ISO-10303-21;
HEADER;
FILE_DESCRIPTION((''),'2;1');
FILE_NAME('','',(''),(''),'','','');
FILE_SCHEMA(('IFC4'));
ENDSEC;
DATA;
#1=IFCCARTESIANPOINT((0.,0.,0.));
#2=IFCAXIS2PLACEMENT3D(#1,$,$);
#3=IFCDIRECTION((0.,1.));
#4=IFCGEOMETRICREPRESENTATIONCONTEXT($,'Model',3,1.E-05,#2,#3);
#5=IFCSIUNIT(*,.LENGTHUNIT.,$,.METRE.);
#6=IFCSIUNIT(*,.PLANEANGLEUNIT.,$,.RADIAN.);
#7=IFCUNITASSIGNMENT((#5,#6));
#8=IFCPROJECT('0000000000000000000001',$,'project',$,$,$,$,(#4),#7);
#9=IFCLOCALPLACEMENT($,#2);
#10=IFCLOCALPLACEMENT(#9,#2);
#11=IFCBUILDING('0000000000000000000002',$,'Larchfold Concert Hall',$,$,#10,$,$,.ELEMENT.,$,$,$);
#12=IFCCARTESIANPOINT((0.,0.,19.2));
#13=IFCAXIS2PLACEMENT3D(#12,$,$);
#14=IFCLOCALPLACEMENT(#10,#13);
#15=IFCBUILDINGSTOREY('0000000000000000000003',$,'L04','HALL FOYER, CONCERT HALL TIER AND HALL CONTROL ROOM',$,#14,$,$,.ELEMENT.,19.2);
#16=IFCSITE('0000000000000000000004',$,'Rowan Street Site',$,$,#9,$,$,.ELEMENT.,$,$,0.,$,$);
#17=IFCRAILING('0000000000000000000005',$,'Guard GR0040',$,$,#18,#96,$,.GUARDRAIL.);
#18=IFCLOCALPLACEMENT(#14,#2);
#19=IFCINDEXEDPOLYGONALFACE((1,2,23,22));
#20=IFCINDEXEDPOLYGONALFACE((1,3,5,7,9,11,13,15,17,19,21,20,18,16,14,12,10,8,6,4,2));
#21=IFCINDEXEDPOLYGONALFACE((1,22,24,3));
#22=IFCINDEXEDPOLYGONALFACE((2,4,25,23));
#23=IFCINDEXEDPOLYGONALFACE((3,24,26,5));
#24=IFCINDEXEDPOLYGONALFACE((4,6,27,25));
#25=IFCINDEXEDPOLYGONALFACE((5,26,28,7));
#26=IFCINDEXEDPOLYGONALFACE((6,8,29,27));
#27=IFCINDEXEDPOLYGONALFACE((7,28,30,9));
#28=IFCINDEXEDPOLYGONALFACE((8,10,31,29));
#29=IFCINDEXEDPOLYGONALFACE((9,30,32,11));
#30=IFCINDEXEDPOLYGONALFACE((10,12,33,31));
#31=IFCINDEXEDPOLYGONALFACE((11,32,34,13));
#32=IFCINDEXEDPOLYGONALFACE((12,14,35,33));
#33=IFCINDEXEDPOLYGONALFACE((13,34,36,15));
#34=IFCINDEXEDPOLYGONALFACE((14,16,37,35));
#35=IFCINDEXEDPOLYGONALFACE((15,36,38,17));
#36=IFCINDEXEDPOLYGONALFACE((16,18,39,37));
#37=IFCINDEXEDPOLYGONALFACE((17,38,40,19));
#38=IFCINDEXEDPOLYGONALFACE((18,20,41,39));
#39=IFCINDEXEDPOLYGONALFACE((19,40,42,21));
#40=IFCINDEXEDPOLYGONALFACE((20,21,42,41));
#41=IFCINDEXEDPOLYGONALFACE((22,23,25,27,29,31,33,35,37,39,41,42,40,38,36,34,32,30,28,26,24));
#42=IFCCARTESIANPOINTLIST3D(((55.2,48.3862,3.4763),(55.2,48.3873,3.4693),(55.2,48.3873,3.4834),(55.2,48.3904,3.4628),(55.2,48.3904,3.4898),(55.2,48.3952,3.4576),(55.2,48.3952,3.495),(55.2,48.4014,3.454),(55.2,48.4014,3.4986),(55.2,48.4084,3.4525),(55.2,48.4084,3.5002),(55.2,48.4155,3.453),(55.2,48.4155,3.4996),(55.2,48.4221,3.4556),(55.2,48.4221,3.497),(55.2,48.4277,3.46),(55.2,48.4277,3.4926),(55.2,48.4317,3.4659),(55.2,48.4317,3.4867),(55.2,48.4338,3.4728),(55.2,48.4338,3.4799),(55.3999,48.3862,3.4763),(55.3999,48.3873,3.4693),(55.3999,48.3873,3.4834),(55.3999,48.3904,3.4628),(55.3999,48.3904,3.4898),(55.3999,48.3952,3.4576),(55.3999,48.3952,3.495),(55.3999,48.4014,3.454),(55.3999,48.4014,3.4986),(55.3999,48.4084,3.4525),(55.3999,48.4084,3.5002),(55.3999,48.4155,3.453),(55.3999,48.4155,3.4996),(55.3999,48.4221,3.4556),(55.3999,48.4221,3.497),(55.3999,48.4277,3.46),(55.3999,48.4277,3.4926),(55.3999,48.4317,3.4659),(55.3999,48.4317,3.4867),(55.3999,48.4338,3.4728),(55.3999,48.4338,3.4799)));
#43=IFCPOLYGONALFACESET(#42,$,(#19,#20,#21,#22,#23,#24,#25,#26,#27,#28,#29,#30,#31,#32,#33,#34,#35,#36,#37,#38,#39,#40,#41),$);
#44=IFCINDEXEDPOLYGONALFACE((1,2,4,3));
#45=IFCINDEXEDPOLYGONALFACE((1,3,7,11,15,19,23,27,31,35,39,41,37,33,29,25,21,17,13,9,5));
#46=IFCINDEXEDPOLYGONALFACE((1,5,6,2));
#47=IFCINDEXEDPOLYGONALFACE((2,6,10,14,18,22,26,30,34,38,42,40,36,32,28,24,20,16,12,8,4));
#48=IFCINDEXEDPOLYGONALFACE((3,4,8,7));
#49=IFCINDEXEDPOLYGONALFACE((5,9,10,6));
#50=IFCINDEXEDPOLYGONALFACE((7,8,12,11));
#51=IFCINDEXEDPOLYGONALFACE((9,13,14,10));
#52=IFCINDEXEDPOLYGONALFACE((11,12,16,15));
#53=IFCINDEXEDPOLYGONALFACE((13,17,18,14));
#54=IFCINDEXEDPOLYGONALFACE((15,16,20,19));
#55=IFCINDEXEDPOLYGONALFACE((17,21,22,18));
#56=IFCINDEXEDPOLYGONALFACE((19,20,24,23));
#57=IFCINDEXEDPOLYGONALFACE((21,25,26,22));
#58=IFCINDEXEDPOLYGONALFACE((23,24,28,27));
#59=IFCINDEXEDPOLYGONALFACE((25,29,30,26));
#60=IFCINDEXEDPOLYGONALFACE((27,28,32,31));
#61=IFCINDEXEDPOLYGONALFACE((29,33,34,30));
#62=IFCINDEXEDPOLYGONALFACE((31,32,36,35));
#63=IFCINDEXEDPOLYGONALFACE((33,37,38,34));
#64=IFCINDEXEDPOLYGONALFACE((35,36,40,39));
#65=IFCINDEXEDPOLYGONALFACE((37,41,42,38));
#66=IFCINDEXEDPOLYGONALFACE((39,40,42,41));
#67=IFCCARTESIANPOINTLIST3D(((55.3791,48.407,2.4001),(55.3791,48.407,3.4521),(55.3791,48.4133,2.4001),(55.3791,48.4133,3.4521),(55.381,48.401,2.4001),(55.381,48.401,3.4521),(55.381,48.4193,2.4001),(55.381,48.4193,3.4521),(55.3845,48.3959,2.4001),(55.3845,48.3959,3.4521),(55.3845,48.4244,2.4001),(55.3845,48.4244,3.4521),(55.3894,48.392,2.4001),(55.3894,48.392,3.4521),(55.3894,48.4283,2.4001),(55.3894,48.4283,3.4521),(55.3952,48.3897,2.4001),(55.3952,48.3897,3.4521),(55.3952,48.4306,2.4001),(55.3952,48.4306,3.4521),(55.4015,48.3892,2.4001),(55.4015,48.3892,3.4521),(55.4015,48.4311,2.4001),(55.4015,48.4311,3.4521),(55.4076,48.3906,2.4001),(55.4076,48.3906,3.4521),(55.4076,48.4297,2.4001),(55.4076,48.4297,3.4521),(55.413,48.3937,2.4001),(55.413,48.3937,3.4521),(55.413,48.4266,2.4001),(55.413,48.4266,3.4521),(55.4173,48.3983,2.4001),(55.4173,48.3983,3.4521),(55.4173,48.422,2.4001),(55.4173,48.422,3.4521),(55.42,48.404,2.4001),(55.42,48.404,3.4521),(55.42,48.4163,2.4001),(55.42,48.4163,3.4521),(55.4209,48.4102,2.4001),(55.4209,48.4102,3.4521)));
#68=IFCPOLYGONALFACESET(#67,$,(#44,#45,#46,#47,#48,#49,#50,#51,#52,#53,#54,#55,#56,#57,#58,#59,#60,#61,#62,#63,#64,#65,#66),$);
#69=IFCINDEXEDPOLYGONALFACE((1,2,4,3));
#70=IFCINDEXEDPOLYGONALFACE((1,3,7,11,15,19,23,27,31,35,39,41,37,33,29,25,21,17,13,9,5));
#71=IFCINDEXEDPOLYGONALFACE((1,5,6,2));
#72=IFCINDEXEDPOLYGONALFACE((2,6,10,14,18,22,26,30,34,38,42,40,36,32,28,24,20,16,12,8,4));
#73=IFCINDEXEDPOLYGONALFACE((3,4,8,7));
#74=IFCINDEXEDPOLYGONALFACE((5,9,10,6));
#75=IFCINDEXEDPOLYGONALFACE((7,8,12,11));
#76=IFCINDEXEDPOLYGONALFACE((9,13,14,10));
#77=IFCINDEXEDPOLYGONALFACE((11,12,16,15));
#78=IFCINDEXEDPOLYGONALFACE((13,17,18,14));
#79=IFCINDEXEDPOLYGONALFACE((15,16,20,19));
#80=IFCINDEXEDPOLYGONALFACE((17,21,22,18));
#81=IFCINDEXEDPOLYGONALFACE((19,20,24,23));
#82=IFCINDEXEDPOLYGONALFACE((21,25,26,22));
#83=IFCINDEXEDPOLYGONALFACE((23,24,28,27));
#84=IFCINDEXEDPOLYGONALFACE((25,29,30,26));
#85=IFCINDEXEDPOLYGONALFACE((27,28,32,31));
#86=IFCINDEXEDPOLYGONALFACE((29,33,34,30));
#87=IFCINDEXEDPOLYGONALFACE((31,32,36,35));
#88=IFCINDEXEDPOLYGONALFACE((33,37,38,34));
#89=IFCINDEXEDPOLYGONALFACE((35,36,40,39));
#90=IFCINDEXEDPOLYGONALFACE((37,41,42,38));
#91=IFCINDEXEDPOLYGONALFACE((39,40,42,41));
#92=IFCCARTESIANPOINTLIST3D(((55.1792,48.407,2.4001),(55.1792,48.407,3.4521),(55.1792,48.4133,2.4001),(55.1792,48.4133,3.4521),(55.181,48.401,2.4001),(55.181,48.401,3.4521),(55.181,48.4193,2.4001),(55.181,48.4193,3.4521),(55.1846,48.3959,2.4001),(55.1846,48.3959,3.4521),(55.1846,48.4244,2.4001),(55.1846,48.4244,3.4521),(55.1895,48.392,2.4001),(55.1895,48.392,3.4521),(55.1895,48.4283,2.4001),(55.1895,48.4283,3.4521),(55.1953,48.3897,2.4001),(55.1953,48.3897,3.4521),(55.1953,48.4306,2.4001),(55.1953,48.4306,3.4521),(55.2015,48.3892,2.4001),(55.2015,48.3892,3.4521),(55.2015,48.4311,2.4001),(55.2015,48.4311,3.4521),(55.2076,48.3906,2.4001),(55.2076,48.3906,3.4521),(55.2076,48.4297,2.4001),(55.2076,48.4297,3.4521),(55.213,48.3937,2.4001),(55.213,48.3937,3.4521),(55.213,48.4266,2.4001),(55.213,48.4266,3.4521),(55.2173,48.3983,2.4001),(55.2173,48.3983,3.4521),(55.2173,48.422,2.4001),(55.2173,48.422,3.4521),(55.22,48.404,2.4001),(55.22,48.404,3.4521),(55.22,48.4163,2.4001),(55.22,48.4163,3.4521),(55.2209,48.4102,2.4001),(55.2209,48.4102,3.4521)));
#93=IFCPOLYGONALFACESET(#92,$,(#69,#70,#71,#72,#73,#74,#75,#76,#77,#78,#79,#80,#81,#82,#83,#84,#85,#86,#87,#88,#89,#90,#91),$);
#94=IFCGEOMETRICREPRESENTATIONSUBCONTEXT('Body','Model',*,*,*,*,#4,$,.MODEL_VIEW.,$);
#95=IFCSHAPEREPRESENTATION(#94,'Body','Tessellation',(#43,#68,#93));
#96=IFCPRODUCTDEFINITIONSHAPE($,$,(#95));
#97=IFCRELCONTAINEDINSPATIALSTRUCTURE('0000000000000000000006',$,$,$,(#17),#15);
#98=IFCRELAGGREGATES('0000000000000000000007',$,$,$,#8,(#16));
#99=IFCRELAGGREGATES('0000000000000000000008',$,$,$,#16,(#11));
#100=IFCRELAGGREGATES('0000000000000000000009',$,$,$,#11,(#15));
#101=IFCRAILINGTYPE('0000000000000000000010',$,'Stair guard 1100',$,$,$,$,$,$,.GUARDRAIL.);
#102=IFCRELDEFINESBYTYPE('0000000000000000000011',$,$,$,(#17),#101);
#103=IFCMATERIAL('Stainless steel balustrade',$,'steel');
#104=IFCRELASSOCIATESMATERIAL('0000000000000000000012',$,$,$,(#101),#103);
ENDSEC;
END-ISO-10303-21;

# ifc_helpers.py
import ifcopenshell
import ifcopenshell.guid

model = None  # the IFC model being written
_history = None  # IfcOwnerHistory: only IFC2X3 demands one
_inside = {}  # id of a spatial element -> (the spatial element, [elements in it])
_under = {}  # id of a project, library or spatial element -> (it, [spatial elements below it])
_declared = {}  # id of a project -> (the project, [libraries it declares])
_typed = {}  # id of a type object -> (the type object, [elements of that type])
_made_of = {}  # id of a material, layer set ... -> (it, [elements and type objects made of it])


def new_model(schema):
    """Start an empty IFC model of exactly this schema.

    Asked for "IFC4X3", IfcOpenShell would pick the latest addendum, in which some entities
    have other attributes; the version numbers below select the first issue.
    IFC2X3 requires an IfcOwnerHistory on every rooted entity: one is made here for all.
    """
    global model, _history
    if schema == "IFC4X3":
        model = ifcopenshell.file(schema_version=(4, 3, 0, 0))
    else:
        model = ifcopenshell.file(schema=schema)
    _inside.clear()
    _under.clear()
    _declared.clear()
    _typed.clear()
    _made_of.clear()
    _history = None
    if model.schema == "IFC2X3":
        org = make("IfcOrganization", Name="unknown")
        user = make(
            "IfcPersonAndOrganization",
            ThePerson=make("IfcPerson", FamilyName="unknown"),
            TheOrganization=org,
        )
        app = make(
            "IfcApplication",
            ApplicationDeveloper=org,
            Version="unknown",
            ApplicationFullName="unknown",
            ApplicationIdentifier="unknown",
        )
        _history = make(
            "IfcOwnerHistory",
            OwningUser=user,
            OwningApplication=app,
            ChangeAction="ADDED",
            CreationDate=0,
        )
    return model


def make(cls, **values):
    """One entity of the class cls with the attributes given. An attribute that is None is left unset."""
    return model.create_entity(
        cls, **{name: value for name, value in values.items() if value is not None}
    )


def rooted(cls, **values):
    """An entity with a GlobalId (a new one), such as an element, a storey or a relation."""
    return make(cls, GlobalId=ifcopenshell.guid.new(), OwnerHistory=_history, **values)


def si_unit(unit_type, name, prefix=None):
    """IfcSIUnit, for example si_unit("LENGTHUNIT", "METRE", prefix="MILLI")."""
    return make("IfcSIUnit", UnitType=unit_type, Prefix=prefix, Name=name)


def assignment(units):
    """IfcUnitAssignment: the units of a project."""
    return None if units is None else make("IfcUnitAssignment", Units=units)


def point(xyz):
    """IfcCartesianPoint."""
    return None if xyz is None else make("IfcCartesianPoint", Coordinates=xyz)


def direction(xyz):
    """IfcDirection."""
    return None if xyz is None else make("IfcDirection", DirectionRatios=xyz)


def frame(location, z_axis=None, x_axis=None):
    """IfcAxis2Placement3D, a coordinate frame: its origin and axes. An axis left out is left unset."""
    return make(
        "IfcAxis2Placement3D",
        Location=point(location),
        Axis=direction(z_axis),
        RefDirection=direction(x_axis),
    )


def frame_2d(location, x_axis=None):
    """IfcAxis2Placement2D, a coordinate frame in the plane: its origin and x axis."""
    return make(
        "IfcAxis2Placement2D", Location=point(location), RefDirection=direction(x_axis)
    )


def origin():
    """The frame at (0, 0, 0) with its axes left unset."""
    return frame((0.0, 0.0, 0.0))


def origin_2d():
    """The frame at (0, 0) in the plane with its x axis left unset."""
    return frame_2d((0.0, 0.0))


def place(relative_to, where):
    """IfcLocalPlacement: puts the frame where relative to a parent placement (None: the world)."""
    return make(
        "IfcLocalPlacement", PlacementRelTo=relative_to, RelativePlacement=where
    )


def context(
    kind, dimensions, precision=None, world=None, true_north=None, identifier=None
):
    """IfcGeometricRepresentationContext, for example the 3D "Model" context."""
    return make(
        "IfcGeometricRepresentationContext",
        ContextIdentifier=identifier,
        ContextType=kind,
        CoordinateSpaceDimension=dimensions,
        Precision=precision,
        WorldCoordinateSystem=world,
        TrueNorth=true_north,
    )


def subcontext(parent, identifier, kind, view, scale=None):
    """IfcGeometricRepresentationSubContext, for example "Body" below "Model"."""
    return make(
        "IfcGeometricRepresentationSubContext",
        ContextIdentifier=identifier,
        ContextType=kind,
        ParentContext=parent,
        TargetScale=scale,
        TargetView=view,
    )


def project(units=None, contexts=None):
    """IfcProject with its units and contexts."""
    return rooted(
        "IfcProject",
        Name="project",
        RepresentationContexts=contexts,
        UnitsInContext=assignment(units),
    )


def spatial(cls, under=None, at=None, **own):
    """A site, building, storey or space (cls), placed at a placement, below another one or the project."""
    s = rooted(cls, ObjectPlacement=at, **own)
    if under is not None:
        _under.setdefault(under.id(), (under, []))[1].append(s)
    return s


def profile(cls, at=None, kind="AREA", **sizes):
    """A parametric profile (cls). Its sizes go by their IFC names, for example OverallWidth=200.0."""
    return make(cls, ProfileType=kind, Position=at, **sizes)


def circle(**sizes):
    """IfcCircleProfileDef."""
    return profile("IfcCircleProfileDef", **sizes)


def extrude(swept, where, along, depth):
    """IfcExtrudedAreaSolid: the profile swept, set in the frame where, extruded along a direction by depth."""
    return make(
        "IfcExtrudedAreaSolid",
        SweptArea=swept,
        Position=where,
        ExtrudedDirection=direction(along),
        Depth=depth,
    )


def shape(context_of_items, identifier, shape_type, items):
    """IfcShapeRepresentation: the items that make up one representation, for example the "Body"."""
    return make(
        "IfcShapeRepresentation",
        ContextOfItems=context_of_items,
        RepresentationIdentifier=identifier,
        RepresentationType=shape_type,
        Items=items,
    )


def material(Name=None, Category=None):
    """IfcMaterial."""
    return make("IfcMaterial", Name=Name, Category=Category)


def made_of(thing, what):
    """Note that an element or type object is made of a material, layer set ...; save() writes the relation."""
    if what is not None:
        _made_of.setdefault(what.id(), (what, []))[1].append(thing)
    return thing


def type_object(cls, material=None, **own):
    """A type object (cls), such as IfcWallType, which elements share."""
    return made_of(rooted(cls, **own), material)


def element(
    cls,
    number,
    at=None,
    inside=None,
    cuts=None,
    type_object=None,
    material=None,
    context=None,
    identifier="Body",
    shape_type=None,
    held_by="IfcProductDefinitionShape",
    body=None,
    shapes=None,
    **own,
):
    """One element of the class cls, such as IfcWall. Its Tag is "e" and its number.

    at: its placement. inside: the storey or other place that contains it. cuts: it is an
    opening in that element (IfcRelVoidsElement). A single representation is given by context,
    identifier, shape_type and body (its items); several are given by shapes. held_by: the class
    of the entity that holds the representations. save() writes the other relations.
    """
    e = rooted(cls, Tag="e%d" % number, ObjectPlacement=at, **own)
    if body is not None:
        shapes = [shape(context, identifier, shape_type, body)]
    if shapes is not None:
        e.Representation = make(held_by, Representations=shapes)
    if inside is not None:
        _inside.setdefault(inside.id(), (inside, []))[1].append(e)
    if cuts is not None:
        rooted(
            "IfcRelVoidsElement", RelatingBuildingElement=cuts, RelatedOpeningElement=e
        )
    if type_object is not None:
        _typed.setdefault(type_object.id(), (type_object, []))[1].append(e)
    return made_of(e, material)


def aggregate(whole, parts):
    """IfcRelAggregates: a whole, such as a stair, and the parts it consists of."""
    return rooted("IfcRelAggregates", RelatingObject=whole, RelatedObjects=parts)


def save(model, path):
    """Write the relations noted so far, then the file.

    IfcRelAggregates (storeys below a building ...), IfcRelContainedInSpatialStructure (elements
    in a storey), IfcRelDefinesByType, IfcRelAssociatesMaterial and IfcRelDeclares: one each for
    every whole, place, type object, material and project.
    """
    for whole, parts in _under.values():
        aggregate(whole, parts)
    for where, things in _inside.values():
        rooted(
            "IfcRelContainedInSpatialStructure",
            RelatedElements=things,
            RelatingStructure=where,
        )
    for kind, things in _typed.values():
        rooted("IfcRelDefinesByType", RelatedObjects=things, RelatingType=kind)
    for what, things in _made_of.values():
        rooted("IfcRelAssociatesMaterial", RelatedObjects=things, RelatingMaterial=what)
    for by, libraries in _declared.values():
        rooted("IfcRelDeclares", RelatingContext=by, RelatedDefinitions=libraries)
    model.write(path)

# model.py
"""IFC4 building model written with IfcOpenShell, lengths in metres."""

from ifc_helpers import new_model, si_unit, direction, frame, origin, origin_2d, place, context, subcontext, project, spatial, circle, extrude, material, type_object, element, save


model = new_model("IFC4")

# Units and contexts
model_context = context("Model", 3, precision=1e-05, world=origin(), true_north=direction((0.0, 1.0)))
body_context = subcontext(model_context, "Body", "Model", "MODEL_VIEW")
ifc_project = project(units=[si_unit("LENGTHUNIT", "METRE"), si_unit("PLANEANGLEUNIT", "RADIAN")], contexts=[model_context])

# Site, building, storey
site_placement = place(None, origin())
site = spatial("IfcSite", under=ifc_project, at=site_placement, Name="Rowan Street Site", CompositionType="ELEMENT", RefElevation=0.0)
building_placement = place(site_placement, origin())
building = spatial("IfcBuilding", under=site, at=building_placement, Name="Larchfold Concert Hall", CompositionType="ELEMENT")
storey_placement = place(building_placement, frame((0.0, 0.0, 19.2)))
storey = spatial("IfcBuildingStorey", under=building, at=storey_placement, Name="L04", Description="HALL FOYER, CONCERT HALL TIER AND HALL CONTROL ROOM", CompositionType="ELEMENT", Elevation=19.2)

# Railing
ifc_material_1 = material(Name="Stainless steel balustrade", Category="steel")
railing_type_1 = type_object("IfcRailingType", Name="Stair guard 1100", PredefinedType="GUARDRAIL", material=ifc_material_1)
railing_1_placement = place(storey_placement, frame((55.3999, 48.4102, 2.4001)))
element("IfcRailing", 1, at=railing_1_placement, inside=storey, type_object=railing_type_1, Name="Guard GR0040", PredefinedType="GUARDRAIL", context=body_context, shape_type="SweptSolid", body=[
    extrude(circle(Radius=0.0239, at=origin_2d()), frame((0.0, 0.0, 1.0762), z_axis=(-1.0, 0.0, 0.0), x_axis=(0.0, -1.0, 0.0)), (0.0, 0.0, 1.0), 0.2),
    extrude(circle(Radius=0.021, at=origin_2d()), origin(), (0.0, 0.0, 1.0), 1.052),
    extrude(circle(Radius=0.021, at=origin_2d()), frame((-0.2, 0.0, 0.0)), (0.0, 0.0, 1.0), 1.052),
])

save(model, "model.ifc")
